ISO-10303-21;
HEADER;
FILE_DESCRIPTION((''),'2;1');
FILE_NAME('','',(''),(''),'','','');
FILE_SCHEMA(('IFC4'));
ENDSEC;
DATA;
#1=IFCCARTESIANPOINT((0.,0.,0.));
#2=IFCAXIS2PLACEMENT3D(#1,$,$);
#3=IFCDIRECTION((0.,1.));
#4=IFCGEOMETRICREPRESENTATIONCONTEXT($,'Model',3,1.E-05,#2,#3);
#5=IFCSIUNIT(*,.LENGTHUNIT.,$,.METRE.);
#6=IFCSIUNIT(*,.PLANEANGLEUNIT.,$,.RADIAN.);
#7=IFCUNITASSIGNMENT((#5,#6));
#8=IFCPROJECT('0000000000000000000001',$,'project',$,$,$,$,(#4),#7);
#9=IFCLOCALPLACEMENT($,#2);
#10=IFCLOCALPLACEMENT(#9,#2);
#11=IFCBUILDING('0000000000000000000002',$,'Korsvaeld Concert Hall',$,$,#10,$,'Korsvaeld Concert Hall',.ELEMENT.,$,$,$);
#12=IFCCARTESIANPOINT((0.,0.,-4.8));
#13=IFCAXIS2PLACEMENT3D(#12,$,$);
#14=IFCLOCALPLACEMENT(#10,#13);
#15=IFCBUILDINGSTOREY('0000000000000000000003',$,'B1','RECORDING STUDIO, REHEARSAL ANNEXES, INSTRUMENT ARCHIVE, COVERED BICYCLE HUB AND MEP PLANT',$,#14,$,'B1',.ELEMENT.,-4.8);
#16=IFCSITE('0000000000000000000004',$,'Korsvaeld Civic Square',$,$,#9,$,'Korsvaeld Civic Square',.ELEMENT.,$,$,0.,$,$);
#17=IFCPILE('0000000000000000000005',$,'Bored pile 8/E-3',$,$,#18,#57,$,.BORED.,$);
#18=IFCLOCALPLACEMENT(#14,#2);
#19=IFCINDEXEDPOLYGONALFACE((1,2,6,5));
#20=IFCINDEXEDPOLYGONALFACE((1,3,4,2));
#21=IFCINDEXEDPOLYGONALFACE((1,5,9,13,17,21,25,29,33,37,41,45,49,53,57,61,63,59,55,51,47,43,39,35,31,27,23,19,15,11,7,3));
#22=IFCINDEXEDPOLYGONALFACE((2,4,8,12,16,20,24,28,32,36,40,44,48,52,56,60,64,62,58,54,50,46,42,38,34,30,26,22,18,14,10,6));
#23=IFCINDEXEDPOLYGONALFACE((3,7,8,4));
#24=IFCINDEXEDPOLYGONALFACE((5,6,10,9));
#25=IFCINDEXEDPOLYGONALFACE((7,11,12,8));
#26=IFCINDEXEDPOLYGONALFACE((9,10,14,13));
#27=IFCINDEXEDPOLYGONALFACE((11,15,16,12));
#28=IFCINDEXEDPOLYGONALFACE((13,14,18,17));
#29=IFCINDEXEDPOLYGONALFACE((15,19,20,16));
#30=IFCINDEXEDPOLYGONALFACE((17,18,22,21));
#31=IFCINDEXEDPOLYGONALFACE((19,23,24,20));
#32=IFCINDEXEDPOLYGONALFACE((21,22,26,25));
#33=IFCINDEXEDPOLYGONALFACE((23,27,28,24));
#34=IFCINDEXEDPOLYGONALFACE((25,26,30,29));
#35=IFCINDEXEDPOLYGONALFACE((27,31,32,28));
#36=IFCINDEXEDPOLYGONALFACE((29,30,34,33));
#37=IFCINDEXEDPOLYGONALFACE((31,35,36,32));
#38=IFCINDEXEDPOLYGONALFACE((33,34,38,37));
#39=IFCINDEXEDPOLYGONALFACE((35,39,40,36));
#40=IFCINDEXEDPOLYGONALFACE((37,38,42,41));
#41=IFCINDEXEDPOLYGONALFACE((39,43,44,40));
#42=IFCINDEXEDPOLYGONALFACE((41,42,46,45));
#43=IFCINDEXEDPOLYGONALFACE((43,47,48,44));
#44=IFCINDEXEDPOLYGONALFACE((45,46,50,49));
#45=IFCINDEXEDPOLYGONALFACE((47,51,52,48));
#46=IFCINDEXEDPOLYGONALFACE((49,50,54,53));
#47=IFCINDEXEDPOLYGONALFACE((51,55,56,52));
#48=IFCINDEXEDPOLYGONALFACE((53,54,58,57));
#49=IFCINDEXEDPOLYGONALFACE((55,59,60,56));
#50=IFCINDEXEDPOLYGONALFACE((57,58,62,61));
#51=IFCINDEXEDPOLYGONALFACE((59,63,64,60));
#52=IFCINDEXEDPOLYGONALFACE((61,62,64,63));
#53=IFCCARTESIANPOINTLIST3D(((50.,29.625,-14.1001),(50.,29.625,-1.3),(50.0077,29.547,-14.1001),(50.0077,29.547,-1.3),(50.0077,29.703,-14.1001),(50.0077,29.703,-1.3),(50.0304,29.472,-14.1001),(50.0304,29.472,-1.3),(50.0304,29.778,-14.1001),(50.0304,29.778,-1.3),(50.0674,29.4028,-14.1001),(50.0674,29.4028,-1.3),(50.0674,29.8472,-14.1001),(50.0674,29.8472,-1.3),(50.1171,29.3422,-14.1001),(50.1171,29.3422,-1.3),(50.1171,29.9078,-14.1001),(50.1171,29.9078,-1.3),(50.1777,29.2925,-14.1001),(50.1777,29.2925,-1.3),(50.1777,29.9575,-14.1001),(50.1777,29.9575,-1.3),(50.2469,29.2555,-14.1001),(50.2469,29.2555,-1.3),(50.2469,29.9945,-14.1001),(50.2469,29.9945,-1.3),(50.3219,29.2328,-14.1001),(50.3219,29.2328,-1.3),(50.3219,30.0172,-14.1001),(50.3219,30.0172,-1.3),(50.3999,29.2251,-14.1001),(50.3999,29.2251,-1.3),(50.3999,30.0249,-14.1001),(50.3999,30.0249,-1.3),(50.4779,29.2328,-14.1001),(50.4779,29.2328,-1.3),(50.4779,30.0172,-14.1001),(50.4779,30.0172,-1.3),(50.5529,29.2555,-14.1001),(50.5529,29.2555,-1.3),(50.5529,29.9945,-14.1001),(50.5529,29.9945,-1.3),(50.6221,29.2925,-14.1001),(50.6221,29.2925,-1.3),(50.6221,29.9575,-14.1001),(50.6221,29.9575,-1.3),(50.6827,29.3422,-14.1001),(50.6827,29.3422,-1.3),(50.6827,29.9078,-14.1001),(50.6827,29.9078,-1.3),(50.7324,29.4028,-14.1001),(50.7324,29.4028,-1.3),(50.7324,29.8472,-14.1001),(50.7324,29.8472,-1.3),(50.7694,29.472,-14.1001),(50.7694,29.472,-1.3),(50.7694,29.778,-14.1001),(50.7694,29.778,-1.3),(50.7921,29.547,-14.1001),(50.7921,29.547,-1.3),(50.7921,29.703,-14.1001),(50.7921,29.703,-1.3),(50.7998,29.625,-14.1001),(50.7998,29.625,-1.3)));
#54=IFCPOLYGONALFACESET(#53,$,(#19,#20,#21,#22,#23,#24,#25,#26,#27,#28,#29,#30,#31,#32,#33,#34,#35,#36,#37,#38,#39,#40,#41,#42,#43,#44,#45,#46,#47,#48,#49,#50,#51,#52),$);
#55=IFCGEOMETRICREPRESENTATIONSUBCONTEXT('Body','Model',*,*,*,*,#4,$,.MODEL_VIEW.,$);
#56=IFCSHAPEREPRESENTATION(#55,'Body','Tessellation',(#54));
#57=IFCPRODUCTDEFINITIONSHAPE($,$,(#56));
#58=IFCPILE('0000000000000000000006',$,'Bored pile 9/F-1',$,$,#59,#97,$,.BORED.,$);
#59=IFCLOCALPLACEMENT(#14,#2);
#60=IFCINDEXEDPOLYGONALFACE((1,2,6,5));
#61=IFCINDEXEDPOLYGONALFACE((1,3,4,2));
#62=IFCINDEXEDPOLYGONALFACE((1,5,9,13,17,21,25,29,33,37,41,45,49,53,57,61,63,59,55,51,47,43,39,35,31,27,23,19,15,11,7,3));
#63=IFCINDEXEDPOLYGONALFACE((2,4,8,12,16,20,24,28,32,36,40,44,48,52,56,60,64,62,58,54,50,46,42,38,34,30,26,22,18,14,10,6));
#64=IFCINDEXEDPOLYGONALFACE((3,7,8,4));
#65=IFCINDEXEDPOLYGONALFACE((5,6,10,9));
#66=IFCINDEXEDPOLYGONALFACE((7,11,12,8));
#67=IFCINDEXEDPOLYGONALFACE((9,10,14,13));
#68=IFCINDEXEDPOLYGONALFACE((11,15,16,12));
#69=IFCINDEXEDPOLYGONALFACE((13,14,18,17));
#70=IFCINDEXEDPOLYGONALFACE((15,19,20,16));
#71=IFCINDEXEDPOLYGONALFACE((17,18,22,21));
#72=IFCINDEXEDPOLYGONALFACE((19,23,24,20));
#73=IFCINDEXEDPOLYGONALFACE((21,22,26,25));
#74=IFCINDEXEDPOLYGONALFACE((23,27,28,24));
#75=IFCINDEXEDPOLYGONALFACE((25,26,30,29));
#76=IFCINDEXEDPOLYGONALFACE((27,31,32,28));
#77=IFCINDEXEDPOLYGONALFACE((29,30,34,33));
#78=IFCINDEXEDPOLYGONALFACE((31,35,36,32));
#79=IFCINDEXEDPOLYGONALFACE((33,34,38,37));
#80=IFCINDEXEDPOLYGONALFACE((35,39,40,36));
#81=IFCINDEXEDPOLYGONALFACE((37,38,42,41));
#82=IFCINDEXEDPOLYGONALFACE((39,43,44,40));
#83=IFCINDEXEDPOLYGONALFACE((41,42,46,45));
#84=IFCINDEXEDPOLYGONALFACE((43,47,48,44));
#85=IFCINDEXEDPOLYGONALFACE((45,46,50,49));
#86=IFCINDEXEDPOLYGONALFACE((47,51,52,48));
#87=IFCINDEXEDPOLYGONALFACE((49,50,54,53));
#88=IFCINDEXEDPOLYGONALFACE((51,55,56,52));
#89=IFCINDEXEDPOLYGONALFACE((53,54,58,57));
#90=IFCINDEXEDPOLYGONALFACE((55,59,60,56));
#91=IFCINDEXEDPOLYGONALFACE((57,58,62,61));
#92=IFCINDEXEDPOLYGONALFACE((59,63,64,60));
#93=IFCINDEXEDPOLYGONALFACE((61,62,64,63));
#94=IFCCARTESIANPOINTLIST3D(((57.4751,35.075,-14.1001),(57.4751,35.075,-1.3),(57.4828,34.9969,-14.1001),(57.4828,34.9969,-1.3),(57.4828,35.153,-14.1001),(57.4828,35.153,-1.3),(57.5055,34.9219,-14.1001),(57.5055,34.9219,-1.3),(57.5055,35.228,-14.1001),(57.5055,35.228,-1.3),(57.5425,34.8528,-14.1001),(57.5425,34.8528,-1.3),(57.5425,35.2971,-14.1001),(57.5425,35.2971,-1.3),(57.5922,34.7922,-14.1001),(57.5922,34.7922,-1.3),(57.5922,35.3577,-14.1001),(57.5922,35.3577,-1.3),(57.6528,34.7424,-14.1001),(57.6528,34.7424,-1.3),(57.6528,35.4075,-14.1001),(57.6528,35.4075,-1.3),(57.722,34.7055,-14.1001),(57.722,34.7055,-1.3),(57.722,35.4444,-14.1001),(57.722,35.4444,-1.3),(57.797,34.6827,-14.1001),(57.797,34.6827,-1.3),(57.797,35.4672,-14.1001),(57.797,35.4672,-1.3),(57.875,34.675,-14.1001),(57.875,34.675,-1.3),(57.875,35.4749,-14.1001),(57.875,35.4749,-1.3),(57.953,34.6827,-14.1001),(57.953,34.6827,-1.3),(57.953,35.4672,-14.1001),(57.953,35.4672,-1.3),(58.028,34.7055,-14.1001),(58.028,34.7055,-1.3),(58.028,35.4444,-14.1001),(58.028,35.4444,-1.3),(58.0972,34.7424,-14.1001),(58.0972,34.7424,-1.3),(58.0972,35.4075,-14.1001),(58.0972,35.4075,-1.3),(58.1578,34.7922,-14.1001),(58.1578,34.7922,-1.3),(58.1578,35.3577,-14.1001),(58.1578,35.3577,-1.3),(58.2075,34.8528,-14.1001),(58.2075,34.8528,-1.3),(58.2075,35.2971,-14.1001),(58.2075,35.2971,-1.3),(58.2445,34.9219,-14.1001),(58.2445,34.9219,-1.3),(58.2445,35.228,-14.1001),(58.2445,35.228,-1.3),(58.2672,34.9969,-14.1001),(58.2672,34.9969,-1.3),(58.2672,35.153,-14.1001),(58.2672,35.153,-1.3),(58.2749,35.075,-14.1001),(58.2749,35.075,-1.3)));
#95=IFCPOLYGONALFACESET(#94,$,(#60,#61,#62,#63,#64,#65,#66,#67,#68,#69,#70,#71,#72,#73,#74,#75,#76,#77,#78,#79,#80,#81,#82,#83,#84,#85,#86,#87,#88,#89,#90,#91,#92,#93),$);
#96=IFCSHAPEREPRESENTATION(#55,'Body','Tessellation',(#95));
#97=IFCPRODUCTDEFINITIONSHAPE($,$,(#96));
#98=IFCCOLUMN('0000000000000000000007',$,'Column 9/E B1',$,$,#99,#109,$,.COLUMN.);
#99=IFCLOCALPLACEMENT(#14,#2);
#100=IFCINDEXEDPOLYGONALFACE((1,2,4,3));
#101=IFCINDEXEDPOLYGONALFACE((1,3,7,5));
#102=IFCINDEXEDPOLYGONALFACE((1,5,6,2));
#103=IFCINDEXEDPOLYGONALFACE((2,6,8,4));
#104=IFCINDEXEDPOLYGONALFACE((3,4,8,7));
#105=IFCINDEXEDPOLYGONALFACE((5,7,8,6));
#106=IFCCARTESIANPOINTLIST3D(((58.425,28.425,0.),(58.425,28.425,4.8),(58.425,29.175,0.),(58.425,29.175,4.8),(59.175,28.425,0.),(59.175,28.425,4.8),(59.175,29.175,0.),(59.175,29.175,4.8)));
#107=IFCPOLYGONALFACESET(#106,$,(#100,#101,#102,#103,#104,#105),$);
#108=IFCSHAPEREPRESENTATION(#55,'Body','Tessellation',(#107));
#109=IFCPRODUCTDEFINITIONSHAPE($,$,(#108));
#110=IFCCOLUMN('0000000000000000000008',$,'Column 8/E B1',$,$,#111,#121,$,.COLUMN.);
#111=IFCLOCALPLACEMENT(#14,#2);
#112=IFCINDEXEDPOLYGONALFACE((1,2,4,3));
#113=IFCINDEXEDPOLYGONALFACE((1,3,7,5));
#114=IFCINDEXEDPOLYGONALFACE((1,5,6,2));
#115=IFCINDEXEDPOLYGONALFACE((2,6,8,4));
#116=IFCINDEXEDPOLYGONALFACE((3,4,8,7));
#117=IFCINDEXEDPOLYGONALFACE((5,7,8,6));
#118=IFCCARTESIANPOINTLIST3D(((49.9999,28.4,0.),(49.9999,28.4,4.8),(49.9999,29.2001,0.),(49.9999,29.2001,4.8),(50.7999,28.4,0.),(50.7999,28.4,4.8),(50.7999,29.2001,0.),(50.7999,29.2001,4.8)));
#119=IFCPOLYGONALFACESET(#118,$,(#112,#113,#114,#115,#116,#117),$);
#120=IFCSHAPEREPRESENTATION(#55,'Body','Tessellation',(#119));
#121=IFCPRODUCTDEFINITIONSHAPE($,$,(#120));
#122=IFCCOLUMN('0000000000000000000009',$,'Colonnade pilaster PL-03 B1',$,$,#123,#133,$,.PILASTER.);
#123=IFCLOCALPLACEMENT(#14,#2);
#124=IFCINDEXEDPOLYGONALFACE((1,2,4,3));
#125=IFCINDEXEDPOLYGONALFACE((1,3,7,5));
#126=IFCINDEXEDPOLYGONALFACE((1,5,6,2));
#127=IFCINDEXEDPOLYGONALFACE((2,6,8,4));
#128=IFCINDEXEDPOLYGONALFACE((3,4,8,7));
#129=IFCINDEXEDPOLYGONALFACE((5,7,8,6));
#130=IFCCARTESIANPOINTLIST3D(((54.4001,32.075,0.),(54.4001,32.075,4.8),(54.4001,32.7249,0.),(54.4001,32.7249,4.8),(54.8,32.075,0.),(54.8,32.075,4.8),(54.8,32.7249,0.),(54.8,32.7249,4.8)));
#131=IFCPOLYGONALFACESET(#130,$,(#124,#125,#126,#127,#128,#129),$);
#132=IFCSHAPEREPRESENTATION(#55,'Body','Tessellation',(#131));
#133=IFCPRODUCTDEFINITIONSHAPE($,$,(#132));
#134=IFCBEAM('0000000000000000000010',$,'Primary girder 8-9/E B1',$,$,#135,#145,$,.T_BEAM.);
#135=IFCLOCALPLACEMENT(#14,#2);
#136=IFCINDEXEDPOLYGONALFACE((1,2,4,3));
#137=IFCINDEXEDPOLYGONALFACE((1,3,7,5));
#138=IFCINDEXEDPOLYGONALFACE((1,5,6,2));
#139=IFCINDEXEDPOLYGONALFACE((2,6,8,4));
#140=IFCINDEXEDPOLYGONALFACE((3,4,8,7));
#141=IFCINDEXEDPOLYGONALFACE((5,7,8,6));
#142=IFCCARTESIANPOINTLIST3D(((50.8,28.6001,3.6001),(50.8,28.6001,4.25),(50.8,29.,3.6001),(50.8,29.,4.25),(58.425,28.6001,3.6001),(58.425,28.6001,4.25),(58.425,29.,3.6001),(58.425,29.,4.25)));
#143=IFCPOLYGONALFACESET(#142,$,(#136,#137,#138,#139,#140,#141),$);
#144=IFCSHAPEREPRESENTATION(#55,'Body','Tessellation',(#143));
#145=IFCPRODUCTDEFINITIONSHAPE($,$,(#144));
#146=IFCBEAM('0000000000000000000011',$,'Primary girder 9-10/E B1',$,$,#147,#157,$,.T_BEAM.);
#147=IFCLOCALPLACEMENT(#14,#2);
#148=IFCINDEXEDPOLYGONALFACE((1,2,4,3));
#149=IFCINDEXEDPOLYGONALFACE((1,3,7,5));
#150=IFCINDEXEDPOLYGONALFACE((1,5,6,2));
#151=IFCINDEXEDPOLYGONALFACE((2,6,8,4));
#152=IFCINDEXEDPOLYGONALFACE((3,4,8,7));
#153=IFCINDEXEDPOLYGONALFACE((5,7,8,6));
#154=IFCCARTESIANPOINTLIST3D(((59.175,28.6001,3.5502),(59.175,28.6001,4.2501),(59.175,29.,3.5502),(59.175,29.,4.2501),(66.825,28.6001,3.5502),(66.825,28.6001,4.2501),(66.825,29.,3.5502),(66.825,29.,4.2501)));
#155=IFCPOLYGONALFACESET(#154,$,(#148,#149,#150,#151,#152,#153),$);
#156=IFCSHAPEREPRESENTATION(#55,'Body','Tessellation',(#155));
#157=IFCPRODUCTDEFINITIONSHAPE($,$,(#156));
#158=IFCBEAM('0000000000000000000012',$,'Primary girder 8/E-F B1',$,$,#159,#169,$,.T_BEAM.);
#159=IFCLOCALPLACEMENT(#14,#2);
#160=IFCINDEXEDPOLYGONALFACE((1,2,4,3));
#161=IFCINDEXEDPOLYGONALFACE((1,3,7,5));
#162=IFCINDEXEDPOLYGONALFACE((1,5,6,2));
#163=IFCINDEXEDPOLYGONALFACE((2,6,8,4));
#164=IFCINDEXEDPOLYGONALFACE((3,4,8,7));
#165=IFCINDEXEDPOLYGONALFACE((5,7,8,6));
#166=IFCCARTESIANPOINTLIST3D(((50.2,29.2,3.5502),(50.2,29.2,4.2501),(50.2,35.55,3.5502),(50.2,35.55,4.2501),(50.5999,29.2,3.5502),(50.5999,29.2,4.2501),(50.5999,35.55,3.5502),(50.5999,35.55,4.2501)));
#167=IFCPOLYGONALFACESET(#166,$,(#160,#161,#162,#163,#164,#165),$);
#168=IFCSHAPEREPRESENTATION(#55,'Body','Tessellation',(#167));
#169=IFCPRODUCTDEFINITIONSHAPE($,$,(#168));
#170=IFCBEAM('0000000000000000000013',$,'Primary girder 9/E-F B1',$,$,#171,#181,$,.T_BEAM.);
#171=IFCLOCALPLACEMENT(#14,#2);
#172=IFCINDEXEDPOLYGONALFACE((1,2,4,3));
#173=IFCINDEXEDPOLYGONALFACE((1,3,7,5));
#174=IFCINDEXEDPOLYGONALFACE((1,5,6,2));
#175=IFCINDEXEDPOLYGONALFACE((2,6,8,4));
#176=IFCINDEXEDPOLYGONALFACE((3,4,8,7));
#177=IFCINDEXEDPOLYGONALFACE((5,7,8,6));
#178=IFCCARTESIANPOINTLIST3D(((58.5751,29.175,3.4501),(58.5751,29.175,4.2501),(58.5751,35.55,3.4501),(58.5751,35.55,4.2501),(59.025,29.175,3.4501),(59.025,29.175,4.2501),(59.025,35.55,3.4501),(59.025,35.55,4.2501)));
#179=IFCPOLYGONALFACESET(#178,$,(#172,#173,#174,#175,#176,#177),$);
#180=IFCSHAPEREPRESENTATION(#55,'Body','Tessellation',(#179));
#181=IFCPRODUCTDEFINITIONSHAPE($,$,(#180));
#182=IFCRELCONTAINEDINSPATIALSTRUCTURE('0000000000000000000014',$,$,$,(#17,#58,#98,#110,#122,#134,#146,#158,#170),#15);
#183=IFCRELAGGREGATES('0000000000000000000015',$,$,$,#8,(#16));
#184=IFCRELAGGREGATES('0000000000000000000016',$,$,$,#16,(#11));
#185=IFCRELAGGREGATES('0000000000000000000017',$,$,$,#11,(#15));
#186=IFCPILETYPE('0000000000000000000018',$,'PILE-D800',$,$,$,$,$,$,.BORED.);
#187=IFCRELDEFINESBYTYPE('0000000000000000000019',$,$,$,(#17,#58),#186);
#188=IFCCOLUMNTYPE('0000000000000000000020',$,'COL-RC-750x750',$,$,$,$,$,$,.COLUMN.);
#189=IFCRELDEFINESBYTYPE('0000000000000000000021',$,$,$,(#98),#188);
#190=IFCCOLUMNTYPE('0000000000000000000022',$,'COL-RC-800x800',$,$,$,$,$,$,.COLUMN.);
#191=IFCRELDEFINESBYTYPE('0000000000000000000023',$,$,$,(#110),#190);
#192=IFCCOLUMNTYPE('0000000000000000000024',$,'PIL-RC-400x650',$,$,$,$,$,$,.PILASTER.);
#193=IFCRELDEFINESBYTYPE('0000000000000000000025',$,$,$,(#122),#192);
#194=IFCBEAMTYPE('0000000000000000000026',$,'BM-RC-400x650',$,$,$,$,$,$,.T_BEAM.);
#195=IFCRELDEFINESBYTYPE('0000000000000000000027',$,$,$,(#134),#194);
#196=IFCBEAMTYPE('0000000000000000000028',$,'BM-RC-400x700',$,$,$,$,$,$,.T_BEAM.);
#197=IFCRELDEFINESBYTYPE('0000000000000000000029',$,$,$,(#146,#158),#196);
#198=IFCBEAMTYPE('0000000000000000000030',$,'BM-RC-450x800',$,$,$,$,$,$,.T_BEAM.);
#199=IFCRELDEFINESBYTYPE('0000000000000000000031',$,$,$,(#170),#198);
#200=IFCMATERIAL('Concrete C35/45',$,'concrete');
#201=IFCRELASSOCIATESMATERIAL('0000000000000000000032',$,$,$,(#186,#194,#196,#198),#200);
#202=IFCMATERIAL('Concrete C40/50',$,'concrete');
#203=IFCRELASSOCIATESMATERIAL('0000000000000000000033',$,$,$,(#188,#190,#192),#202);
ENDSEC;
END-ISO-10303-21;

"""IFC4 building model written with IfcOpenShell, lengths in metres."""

from ifc_helpers import new_model, si_unit, direction, frame, origin, origin_2d, place, context, subcontext, project, spatial, rectangle, circle, extrude, material, material_profile, profile_set, type_object, element, save


model = new_model("IFC4")

# Units and contexts
model_context = context("Model", 3, precision=1e-05, world=origin(), true_north=direction((0.0, 1.0)))
body_context = subcontext(model_context, "Body", "Model", "MODEL_VIEW")
ifc_project = project(units=[si_unit("LENGTHUNIT", "METRE"), si_unit("PLANEANGLEUNIT", "RADIAN")], contexts=[model_context])

# Site, building, storey
site_placement = place(None, origin())
site = spatial("IfcSite", under=ifc_project, at=site_placement, Name="Korsvaeld Civic Square", LongName="Korsvaeld Civic Square", CompositionType="ELEMENT", RefElevation=0.0)
building_placement = place(site_placement, origin())
building = spatial("IfcBuilding", under=site, at=building_placement, Name="Korsvaeld Concert Hall", LongName="Korsvaeld Concert Hall", CompositionType="ELEMENT")
storey_placement = place(building_placement, frame((0.0, 0.0, -4.8)))
storey = spatial("IfcBuildingStorey", under=building, at=storey_placement, Name="B1", Description="RECORDING STUDIO, REHEARSAL ANNEXES, INSTRUMENT ARCHIVE, COVERED BICYCLE HUB AND MEP PLANT", LongName="B1", CompositionType="ELEMENT", Elevation=-4.8)

# Shared definitions
ifc_material_1 = material(Name="Concrete C35/45", Category="concrete")

# Piles
ifc_material_profile_1 = material_profile(ifc_material_1, circle(Radius=0.3999, at=origin_2d()), Name="BORED PILE D800")
ifc_profile_set_1 = profile_set([ifc_material_profile_1], Name="Concrete C35/45")
pile_type_1 = type_object("IfcPileType", Name="PILE-D800", PredefinedType="BORED", material=ifc_profile_set_1)
for number, where, z_axis, x_axis, name in (
    (1, (50.3999, 29.625, -1.3), (0.0, 0.0, -1.0), (1.0, 0.0, 0.0), "Bored pile 8/E-3"),
    (2, (57.875, 35.075, -1.3), (0.0, 0.0, -1.0), (1.0, 0.0, 0.0), "Bored pile 9/F-1"),
):
    element("IfcPile", number, at=place(storey_placement, frame(where, z_axis=z_axis, x_axis=x_axis)), inside=storey, type_object=pile_type_1, Name=name, PredefinedType="BORED", context=body_context, shape_type="SweptSolid", body=[
        extrude(circle(Radius=0.3999, at=origin_2d()), origin(), (0.0, 0.0, 1.0), 12.8),
    ])

# Columns
ifc_material_2 = material(Name="Concrete C40/50", Category="concrete")
ifc_material_profile_2 = material_profile(ifc_material_2, rectangle(XDim=0.75, YDim=0.75, at=origin_2d()), Name="RC 750x750")
ifc_profile_set_2 = profile_set([ifc_material_profile_2], Name="Concrete C40/50")
column_type_1 = type_object("IfcColumnType", Name="COL-RC-750x750", PredefinedType="COLUMN", material=ifc_profile_set_2)
column_1_placement = place(storey_placement, frame((58.8, 28.8, 0.0), z_axis=(0.0, 0.0, 1.0), x_axis=(1.0, 0.0, 0.0)))
element("IfcColumn", 3, at=column_1_placement, inside=storey, type_object=column_type_1, Name="Column 9/E B1", PredefinedType="COLUMN", context=body_context, shape_type="SweptSolid", body=[
    extrude(rectangle(XDim=0.75, YDim=0.75, at=origin_2d()), origin(), (0.0, 0.0, 1.0), 4.8),
])
ifc_material_profile_3 = material_profile(ifc_material_2, rectangle(XDim=0.8, YDim=0.8, at=origin_2d()), Name="RC 800x800")
ifc_profile_set_3 = profile_set([ifc_material_profile_3], Name="Concrete C40/50")
column_type_2 = type_object("IfcColumnType", Name="COL-RC-800x800", PredefinedType="COLUMN", material=ifc_profile_set_3)
column_2_placement = place(storey_placement, frame((50.3999, 28.8, 0.0), z_axis=(0.0, 0.0, 1.0), x_axis=(1.0, 0.0, 0.0)))
element("IfcColumn", 4, at=column_2_placement, inside=storey, type_object=column_type_2, Name="Column 8/E B1", PredefinedType="COLUMN", context=body_context, shape_type="SweptSolid", body=[
    extrude(rectangle(XDim=0.8, YDim=0.8, at=origin_2d()), origin(), (0.0, 0.0, 1.0), 4.8),
])
ifc_material_profile_4 = material_profile(ifc_material_2, rectangle(XDim=0.3999, YDim=0.6499, at=origin_2d()), Name="RC 400x650")
ifc_profile_set_4 = profile_set([ifc_material_profile_4], Name="Concrete C40/50")
column_type_3 = type_object("IfcColumnType", Name="PIL-RC-400x650", PredefinedType="PILASTER", material=ifc_profile_set_4)
column_3_placement = place(storey_placement, frame((54.6001, 32.3999, 0.0), z_axis=(0.0, 0.0, 1.0), x_axis=(1.0, 0.0, 0.0)))
element("IfcColumn", 5, at=column_3_placement, inside=storey, type_object=column_type_3, Name="Colonnade pilaster PL-03 B1", PredefinedType="PILASTER", context=body_context, shape_type="SweptSolid", body=[
    extrude(rectangle(XDim=0.3999, YDim=0.6499, at=origin_2d()), origin(), (0.0, 0.0, 1.0), 4.8),
])

# Beams
ifc_material_profile_5 = material_profile(ifc_material_1, rectangle(XDim=0.3999, YDim=0.6499, at=origin_2d()), Name="RC 400x650")
ifc_profile_set_5 = profile_set([ifc_material_profile_5], Name="Concrete C35/45")
beam_type_1 = type_object("IfcBeamType", Name="BM-RC-400x650", PredefinedType="T_BEAM", material=ifc_profile_set_5)
beam_1_placement = place(storey_placement, frame((50.8, 28.8, 3.925), z_axis=(1.0, 0.0, 0.0), x_axis=(0.0, 1.0, 0.0)))
element("IfcBeam", 6, at=beam_1_placement, inside=storey, type_object=beam_type_1, Name="Primary girder 8-9/E B1", PredefinedType="T_BEAM", context=body_context, shape_type="SweptSolid", body=[
    extrude(rectangle(XDim=0.3999, YDim=0.6499, at=origin_2d()), origin(), (0.0, 0.0, 1.0), 7.625),
])
ifc_material_profile_6 = material_profile(ifc_material_1, rectangle(XDim=0.3999, YDim=0.7, at=origin_2d()), Name="RC 400x700")
ifc_profile_set_6 = profile_set([ifc_material_profile_6], Name="Concrete C35/45")
beam_type_2 = type_object("IfcBeamType", Name="BM-RC-400x700", PredefinedType="T_BEAM", material=ifc_profile_set_6)
beam_2_placement = place(storey_placement, frame((59.175, 28.8, 3.9001), z_axis=(1.0, 0.0, 0.0), x_axis=(0.0, 1.0, 0.0)))
element("IfcBeam", 7, at=beam_2_placement, inside=storey, type_object=beam_type_2, Name="Primary girder 9-10/E B1", PredefinedType="T_BEAM", context=body_context, shape_type="SweptSolid", body=[
    extrude(rectangle(XDim=0.3999, YDim=0.7, at=origin_2d()), origin(), (0.0, 0.0, 1.0), 7.6499),
])
beam_3_placement = place(storey_placement, frame((50.3999, 29.2, 3.9001), z_axis=(0.0, 1.0, 0.0), x_axis=(-1.0, 0.0, 0.0)))
element("IfcBeam", 8, at=beam_3_placement, inside=storey, type_object=beam_type_2, Name="Primary girder 8/E-F B1", PredefinedType="T_BEAM", context=body_context, shape_type="SweptSolid", body=[
    extrude(rectangle(XDim=0.3999, YDim=0.7, at=origin_2d()), origin(), (0.0, 0.0, 1.0), 6.3501),
])
ifc_material_profile_7 = material_profile(ifc_material_1, rectangle(XDim=0.45, YDim=0.8, at=origin_2d()), Name="RC 450x800")
ifc_profile_set_7 = profile_set([ifc_material_profile_7], Name="Concrete C35/45")
beam_type_3 = type_object("IfcBeamType", Name="BM-RC-450x800", PredefinedType="T_BEAM", material=ifc_profile_set_7)
beam_4_placement = place(storey_placement, frame((58.8, 29.175, 3.8501), z_axis=(0.0, 1.0, 0.0), x_axis=(-1.0, 0.0, 0.0)))
element("IfcBeam", 9, at=beam_4_placement, inside=storey, type_object=beam_type_3, Name="Primary girder 9/E-F B1", PredefinedType="T_BEAM", context=body_context, shape_type="SweptSolid", body=[
    extrude(rectangle(XDim=0.45, YDim=0.8, at=origin_2d()), origin(), (0.0, 0.0, 1.0), 6.375),
])

save(model, "model.ifc")
